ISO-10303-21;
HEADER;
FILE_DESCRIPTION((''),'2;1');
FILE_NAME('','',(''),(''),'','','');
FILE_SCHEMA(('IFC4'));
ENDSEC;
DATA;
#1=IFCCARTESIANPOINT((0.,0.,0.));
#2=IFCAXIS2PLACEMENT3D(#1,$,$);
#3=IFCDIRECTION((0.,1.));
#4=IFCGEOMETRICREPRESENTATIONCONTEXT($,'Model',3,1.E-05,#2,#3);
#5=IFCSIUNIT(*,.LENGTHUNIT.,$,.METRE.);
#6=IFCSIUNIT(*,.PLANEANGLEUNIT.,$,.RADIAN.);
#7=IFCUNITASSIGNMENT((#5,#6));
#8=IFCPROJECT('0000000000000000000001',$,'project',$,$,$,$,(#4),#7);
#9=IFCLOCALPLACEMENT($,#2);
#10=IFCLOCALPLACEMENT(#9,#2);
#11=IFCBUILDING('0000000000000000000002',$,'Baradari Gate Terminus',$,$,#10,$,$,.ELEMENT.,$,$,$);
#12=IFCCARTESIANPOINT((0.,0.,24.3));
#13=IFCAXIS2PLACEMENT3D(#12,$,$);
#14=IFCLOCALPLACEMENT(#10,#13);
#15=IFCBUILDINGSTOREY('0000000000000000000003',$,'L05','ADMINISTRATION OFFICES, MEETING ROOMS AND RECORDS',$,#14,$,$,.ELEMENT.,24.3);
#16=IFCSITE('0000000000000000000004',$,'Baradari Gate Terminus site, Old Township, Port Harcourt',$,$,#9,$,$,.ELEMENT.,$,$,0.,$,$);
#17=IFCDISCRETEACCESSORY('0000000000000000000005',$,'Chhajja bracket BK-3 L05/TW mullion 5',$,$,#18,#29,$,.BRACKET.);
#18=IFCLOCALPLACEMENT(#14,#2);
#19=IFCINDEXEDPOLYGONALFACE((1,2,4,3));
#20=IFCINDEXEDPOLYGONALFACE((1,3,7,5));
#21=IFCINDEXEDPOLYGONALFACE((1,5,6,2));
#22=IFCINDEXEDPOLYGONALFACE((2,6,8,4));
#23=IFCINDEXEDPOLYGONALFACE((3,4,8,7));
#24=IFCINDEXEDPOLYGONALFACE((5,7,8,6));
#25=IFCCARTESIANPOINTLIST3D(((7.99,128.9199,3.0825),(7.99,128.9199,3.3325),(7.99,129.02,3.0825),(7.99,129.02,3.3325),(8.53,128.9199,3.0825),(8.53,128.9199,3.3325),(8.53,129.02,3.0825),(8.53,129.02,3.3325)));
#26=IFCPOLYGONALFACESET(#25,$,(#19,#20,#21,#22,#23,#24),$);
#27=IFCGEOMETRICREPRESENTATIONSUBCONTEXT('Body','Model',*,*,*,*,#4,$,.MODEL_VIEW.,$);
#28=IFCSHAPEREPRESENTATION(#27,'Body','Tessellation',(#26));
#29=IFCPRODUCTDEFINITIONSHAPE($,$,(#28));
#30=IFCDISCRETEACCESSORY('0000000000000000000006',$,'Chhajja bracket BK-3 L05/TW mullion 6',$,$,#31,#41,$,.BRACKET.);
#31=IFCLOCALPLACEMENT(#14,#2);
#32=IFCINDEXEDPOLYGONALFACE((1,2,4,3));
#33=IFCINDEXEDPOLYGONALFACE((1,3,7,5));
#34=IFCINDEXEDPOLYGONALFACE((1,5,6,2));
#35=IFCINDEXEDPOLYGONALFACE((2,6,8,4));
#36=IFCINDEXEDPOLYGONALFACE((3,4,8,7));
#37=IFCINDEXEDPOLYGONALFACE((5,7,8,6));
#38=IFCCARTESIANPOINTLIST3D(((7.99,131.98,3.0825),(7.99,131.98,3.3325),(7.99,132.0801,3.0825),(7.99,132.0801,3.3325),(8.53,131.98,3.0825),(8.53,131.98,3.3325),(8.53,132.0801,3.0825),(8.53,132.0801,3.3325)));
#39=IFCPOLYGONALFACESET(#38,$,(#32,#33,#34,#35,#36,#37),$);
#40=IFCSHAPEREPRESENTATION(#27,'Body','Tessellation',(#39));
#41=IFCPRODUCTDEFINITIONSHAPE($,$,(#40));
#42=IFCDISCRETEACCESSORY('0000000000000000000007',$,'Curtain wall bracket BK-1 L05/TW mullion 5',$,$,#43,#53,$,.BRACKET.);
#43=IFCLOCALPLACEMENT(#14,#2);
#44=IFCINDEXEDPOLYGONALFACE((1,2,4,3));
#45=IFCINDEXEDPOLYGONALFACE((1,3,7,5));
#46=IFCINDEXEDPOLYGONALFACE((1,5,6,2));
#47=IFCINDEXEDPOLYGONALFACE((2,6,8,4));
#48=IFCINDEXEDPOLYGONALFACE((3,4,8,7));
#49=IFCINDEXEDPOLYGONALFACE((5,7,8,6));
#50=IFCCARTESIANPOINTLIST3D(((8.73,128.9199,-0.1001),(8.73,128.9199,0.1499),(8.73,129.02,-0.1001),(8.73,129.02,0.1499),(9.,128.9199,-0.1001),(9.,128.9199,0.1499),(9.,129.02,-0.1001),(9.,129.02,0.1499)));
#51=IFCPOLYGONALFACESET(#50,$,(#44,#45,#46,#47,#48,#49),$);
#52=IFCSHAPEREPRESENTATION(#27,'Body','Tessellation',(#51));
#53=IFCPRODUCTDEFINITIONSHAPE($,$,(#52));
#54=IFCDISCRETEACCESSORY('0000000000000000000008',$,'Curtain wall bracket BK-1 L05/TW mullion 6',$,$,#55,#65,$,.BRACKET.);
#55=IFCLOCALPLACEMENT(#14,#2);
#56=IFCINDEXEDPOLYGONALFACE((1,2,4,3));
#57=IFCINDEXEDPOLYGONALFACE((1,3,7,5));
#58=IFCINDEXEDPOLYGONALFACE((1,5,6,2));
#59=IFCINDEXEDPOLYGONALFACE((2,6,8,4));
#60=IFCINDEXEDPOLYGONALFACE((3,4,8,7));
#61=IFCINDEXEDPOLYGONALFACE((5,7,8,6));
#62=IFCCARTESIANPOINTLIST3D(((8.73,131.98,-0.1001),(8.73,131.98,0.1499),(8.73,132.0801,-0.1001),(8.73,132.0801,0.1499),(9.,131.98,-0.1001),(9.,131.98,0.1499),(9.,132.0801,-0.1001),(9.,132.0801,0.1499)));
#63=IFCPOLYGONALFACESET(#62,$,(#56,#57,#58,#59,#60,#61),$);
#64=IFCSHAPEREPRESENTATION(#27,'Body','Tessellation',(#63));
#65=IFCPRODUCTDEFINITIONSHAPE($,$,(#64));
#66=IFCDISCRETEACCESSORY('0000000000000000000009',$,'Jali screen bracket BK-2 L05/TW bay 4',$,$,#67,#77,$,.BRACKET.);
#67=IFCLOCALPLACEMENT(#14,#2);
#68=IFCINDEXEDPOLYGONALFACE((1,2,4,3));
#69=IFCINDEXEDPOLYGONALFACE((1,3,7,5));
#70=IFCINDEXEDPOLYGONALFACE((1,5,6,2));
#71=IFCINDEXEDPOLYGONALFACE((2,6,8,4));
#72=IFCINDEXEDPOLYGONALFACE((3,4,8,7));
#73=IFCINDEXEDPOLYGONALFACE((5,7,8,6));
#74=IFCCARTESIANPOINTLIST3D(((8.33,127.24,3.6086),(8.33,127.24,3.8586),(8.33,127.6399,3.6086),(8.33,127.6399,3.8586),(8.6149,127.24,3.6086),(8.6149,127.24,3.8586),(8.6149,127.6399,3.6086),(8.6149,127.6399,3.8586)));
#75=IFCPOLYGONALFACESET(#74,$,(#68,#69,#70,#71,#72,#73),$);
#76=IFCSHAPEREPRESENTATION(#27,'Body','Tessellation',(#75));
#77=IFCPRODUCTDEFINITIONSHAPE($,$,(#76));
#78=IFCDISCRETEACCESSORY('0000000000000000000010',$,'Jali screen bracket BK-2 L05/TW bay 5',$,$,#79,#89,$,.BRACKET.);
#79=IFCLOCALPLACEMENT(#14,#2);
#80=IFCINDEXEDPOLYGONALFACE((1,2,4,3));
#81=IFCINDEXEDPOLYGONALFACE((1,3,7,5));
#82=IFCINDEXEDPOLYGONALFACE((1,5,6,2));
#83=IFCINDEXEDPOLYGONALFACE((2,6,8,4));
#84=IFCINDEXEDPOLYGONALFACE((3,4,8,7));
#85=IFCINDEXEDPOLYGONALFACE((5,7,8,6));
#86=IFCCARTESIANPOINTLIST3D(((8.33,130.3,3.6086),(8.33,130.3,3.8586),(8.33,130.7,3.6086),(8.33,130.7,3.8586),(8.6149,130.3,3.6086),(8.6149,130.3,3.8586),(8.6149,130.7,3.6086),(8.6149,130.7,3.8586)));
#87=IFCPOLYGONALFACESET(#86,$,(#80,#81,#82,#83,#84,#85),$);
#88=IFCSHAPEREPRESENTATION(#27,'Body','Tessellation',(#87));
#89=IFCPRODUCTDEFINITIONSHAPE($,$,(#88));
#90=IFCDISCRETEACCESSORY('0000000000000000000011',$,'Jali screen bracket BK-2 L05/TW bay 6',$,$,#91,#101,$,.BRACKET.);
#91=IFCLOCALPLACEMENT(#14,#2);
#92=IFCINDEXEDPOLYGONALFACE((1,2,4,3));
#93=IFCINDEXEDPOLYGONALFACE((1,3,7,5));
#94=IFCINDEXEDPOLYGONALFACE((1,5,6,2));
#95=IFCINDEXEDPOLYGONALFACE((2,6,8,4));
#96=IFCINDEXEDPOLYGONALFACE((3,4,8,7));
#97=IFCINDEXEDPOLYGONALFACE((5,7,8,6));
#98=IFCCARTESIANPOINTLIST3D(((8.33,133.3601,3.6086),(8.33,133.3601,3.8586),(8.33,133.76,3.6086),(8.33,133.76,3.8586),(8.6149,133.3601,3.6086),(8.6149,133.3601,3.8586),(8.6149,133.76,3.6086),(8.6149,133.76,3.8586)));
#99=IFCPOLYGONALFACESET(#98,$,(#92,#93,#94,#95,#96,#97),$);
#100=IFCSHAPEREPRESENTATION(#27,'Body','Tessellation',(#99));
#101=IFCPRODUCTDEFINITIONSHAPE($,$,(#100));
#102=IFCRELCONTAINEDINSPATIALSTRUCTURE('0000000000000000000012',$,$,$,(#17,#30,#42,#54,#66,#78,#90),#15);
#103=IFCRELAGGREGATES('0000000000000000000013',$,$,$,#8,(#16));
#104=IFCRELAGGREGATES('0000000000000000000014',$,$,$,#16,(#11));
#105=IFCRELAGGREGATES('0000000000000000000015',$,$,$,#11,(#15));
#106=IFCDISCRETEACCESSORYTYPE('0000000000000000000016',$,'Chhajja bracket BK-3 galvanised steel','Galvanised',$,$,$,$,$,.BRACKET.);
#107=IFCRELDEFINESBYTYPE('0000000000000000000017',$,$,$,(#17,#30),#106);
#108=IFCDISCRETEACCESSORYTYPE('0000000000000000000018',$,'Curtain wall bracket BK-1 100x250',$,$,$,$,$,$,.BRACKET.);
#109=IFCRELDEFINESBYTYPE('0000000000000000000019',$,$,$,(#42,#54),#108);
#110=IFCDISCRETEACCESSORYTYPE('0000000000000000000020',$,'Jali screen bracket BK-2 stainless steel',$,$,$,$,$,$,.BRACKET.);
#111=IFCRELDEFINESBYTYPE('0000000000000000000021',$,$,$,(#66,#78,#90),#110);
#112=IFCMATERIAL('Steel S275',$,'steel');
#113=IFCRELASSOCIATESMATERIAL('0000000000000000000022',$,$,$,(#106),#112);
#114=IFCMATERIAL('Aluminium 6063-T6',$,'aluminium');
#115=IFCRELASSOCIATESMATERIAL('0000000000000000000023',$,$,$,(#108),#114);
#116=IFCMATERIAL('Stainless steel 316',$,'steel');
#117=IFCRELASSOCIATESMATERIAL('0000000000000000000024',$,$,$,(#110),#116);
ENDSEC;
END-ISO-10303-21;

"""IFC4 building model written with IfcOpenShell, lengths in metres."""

from ifc_helpers import new_model, si_unit, direction, frame, origin, origin_2d, place, context, subcontext, project, spatial, rectangle, extrude, material, type_object, element, save


model = new_model("IFC4")

# Units and contexts
model_context = context("Model", 3, precision=1e-05, world=origin(), true_north=direction((0.0, 1.0)))
body_context = subcontext(model_context, "Body", "Model", "MODEL_VIEW")
ifc_project = project(units=[si_unit("LENGTHUNIT", "METRE"), si_unit("PLANEANGLEUNIT", "RADIAN")], contexts=[model_context])

# Site, building, storey
site_placement = place(None, origin())
site = spatial("IfcSite", under=ifc_project, at=site_placement, Name="Baradari Gate Terminus site, Old Township, Port Harcourt", CompositionType="ELEMENT", RefElevation=0.0)
building_placement = place(site_placement, origin())
building = spatial("IfcBuilding", under=site, at=building_placement, Name="Baradari Gate Terminus", CompositionType="ELEMENT")
storey_placement = place(building_placement, frame((0.0, 0.0, 24.3)))
storey = spatial("IfcBuildingStorey", under=building, at=storey_placement, Name="L05", Description="ADMINISTRATION OFFICES, MEETING ROOMS AND RECORDS", CompositionType="ELEMENT", Elevation=24.3)

# Discrete accessories
ifc_material_1 = material(Name="Steel S275", Category="steel")
discrete_accessory_type_1 = type_object("IfcDiscreteAccessoryType", Name="Chhajja bracket BK-3 galvanised steel", Description="Galvanised", PredefinedType="BRACKET", material=ifc_material_1)
for number, where, z_axis, x_axis, name in (
    (1, (8.26, 128.97, 3.0825), (0.0, 0.0, 1.0), (-1.0, 0.0, 0.0), "Chhajja bracket BK-3 L05/TW mullion 5"),
    (2, (8.26, 132.03, 3.0825), (0.0, 0.0, 1.0), (-1.0, 0.0, 0.0), "Chhajja bracket BK-3 L05/TW mullion 6"),
):
    element("IfcDiscreteAccessory", number, at=place(storey_placement, frame(where, z_axis=z_axis, x_axis=x_axis)), inside=storey, type_object=discrete_accessory_type_1, Name=name, PredefinedType="BRACKET", context=body_context, shape_type="SweptSolid", body=[
        extrude(rectangle(XDim=0.54, YDim=0.1001, at=origin_2d()), origin(), (0.0, 0.0, 1.0), 0.25),
    ])
ifc_material_2 = material(Name="Aluminium 6063-T6", Category="aluminium")
discrete_accessory_type_2 = type_object("IfcDiscreteAccessoryType", Name="Curtain wall bracket BK-1 100x250", PredefinedType="BRACKET", material=ifc_material_2)
for number, where, z_axis, x_axis, name in (
    (3, (8.865, 128.97, -0.1001), (0.0, 0.0, 1.0), (-1.0, 0.0, 0.0), "Curtain wall bracket BK-1 L05/TW mullion 5"),
    (4, (8.865, 132.03, -0.1001), (0.0, 0.0, 1.0), (-1.0, 0.0, 0.0), "Curtain wall bracket BK-1 L05/TW mullion 6"),
):
    element("IfcDiscreteAccessory", number, at=place(storey_placement, frame(where, z_axis=z_axis, x_axis=x_axis)), inside=storey, type_object=discrete_accessory_type_2, Name=name, PredefinedType="BRACKET", context=body_context, shape_type="SweptSolid", body=[
        extrude(rectangle(XDim=0.27, YDim=0.1001, at=origin_2d()), origin(), (0.0, 0.0, 1.0), 0.25),
    ])
ifc_material_3 = material(Name="Stainless steel 316", Category="steel")
discrete_accessory_type_3 = type_object("IfcDiscreteAccessoryType", Name="Jali screen bracket BK-2 stainless steel", PredefinedType="BRACKET", material=ifc_material_3)
for number, where, z_axis, x_axis, name in (
    (5, (8.4724, 127.4399, 3.6086), (0.0, 0.0, 1.0), (-1.0, 0.0, 0.0), "Jali screen bracket BK-2 L05/TW bay 4"),
    (6, (8.4724, 130.5, 3.6086), (0.0, 0.0, 1.0), (-1.0, 0.0, 0.0), "Jali screen bracket BK-2 L05/TW bay 5"),
    (7, (8.4724, 133.5601, 3.6086), (0.0, 0.0, 1.0), (-1.0, 0.0, 0.0), "Jali screen bracket BK-2 L05/TW bay 6"),
):
    element("IfcDiscreteAccessory", number, at=place(storey_placement, frame(where, z_axis=z_axis, x_axis=x_axis)), inside=storey, type_object=discrete_accessory_type_3, Name=name, PredefinedType="BRACKET", context=body_context, shape_type="SweptSolid", body=[
        extrude(rectangle(XDim=0.2849, YDim=0.3999, at=origin_2d()), origin(), (0.0, 0.0, 1.0), 0.25),
    ])

save(model, "model.ifc")
